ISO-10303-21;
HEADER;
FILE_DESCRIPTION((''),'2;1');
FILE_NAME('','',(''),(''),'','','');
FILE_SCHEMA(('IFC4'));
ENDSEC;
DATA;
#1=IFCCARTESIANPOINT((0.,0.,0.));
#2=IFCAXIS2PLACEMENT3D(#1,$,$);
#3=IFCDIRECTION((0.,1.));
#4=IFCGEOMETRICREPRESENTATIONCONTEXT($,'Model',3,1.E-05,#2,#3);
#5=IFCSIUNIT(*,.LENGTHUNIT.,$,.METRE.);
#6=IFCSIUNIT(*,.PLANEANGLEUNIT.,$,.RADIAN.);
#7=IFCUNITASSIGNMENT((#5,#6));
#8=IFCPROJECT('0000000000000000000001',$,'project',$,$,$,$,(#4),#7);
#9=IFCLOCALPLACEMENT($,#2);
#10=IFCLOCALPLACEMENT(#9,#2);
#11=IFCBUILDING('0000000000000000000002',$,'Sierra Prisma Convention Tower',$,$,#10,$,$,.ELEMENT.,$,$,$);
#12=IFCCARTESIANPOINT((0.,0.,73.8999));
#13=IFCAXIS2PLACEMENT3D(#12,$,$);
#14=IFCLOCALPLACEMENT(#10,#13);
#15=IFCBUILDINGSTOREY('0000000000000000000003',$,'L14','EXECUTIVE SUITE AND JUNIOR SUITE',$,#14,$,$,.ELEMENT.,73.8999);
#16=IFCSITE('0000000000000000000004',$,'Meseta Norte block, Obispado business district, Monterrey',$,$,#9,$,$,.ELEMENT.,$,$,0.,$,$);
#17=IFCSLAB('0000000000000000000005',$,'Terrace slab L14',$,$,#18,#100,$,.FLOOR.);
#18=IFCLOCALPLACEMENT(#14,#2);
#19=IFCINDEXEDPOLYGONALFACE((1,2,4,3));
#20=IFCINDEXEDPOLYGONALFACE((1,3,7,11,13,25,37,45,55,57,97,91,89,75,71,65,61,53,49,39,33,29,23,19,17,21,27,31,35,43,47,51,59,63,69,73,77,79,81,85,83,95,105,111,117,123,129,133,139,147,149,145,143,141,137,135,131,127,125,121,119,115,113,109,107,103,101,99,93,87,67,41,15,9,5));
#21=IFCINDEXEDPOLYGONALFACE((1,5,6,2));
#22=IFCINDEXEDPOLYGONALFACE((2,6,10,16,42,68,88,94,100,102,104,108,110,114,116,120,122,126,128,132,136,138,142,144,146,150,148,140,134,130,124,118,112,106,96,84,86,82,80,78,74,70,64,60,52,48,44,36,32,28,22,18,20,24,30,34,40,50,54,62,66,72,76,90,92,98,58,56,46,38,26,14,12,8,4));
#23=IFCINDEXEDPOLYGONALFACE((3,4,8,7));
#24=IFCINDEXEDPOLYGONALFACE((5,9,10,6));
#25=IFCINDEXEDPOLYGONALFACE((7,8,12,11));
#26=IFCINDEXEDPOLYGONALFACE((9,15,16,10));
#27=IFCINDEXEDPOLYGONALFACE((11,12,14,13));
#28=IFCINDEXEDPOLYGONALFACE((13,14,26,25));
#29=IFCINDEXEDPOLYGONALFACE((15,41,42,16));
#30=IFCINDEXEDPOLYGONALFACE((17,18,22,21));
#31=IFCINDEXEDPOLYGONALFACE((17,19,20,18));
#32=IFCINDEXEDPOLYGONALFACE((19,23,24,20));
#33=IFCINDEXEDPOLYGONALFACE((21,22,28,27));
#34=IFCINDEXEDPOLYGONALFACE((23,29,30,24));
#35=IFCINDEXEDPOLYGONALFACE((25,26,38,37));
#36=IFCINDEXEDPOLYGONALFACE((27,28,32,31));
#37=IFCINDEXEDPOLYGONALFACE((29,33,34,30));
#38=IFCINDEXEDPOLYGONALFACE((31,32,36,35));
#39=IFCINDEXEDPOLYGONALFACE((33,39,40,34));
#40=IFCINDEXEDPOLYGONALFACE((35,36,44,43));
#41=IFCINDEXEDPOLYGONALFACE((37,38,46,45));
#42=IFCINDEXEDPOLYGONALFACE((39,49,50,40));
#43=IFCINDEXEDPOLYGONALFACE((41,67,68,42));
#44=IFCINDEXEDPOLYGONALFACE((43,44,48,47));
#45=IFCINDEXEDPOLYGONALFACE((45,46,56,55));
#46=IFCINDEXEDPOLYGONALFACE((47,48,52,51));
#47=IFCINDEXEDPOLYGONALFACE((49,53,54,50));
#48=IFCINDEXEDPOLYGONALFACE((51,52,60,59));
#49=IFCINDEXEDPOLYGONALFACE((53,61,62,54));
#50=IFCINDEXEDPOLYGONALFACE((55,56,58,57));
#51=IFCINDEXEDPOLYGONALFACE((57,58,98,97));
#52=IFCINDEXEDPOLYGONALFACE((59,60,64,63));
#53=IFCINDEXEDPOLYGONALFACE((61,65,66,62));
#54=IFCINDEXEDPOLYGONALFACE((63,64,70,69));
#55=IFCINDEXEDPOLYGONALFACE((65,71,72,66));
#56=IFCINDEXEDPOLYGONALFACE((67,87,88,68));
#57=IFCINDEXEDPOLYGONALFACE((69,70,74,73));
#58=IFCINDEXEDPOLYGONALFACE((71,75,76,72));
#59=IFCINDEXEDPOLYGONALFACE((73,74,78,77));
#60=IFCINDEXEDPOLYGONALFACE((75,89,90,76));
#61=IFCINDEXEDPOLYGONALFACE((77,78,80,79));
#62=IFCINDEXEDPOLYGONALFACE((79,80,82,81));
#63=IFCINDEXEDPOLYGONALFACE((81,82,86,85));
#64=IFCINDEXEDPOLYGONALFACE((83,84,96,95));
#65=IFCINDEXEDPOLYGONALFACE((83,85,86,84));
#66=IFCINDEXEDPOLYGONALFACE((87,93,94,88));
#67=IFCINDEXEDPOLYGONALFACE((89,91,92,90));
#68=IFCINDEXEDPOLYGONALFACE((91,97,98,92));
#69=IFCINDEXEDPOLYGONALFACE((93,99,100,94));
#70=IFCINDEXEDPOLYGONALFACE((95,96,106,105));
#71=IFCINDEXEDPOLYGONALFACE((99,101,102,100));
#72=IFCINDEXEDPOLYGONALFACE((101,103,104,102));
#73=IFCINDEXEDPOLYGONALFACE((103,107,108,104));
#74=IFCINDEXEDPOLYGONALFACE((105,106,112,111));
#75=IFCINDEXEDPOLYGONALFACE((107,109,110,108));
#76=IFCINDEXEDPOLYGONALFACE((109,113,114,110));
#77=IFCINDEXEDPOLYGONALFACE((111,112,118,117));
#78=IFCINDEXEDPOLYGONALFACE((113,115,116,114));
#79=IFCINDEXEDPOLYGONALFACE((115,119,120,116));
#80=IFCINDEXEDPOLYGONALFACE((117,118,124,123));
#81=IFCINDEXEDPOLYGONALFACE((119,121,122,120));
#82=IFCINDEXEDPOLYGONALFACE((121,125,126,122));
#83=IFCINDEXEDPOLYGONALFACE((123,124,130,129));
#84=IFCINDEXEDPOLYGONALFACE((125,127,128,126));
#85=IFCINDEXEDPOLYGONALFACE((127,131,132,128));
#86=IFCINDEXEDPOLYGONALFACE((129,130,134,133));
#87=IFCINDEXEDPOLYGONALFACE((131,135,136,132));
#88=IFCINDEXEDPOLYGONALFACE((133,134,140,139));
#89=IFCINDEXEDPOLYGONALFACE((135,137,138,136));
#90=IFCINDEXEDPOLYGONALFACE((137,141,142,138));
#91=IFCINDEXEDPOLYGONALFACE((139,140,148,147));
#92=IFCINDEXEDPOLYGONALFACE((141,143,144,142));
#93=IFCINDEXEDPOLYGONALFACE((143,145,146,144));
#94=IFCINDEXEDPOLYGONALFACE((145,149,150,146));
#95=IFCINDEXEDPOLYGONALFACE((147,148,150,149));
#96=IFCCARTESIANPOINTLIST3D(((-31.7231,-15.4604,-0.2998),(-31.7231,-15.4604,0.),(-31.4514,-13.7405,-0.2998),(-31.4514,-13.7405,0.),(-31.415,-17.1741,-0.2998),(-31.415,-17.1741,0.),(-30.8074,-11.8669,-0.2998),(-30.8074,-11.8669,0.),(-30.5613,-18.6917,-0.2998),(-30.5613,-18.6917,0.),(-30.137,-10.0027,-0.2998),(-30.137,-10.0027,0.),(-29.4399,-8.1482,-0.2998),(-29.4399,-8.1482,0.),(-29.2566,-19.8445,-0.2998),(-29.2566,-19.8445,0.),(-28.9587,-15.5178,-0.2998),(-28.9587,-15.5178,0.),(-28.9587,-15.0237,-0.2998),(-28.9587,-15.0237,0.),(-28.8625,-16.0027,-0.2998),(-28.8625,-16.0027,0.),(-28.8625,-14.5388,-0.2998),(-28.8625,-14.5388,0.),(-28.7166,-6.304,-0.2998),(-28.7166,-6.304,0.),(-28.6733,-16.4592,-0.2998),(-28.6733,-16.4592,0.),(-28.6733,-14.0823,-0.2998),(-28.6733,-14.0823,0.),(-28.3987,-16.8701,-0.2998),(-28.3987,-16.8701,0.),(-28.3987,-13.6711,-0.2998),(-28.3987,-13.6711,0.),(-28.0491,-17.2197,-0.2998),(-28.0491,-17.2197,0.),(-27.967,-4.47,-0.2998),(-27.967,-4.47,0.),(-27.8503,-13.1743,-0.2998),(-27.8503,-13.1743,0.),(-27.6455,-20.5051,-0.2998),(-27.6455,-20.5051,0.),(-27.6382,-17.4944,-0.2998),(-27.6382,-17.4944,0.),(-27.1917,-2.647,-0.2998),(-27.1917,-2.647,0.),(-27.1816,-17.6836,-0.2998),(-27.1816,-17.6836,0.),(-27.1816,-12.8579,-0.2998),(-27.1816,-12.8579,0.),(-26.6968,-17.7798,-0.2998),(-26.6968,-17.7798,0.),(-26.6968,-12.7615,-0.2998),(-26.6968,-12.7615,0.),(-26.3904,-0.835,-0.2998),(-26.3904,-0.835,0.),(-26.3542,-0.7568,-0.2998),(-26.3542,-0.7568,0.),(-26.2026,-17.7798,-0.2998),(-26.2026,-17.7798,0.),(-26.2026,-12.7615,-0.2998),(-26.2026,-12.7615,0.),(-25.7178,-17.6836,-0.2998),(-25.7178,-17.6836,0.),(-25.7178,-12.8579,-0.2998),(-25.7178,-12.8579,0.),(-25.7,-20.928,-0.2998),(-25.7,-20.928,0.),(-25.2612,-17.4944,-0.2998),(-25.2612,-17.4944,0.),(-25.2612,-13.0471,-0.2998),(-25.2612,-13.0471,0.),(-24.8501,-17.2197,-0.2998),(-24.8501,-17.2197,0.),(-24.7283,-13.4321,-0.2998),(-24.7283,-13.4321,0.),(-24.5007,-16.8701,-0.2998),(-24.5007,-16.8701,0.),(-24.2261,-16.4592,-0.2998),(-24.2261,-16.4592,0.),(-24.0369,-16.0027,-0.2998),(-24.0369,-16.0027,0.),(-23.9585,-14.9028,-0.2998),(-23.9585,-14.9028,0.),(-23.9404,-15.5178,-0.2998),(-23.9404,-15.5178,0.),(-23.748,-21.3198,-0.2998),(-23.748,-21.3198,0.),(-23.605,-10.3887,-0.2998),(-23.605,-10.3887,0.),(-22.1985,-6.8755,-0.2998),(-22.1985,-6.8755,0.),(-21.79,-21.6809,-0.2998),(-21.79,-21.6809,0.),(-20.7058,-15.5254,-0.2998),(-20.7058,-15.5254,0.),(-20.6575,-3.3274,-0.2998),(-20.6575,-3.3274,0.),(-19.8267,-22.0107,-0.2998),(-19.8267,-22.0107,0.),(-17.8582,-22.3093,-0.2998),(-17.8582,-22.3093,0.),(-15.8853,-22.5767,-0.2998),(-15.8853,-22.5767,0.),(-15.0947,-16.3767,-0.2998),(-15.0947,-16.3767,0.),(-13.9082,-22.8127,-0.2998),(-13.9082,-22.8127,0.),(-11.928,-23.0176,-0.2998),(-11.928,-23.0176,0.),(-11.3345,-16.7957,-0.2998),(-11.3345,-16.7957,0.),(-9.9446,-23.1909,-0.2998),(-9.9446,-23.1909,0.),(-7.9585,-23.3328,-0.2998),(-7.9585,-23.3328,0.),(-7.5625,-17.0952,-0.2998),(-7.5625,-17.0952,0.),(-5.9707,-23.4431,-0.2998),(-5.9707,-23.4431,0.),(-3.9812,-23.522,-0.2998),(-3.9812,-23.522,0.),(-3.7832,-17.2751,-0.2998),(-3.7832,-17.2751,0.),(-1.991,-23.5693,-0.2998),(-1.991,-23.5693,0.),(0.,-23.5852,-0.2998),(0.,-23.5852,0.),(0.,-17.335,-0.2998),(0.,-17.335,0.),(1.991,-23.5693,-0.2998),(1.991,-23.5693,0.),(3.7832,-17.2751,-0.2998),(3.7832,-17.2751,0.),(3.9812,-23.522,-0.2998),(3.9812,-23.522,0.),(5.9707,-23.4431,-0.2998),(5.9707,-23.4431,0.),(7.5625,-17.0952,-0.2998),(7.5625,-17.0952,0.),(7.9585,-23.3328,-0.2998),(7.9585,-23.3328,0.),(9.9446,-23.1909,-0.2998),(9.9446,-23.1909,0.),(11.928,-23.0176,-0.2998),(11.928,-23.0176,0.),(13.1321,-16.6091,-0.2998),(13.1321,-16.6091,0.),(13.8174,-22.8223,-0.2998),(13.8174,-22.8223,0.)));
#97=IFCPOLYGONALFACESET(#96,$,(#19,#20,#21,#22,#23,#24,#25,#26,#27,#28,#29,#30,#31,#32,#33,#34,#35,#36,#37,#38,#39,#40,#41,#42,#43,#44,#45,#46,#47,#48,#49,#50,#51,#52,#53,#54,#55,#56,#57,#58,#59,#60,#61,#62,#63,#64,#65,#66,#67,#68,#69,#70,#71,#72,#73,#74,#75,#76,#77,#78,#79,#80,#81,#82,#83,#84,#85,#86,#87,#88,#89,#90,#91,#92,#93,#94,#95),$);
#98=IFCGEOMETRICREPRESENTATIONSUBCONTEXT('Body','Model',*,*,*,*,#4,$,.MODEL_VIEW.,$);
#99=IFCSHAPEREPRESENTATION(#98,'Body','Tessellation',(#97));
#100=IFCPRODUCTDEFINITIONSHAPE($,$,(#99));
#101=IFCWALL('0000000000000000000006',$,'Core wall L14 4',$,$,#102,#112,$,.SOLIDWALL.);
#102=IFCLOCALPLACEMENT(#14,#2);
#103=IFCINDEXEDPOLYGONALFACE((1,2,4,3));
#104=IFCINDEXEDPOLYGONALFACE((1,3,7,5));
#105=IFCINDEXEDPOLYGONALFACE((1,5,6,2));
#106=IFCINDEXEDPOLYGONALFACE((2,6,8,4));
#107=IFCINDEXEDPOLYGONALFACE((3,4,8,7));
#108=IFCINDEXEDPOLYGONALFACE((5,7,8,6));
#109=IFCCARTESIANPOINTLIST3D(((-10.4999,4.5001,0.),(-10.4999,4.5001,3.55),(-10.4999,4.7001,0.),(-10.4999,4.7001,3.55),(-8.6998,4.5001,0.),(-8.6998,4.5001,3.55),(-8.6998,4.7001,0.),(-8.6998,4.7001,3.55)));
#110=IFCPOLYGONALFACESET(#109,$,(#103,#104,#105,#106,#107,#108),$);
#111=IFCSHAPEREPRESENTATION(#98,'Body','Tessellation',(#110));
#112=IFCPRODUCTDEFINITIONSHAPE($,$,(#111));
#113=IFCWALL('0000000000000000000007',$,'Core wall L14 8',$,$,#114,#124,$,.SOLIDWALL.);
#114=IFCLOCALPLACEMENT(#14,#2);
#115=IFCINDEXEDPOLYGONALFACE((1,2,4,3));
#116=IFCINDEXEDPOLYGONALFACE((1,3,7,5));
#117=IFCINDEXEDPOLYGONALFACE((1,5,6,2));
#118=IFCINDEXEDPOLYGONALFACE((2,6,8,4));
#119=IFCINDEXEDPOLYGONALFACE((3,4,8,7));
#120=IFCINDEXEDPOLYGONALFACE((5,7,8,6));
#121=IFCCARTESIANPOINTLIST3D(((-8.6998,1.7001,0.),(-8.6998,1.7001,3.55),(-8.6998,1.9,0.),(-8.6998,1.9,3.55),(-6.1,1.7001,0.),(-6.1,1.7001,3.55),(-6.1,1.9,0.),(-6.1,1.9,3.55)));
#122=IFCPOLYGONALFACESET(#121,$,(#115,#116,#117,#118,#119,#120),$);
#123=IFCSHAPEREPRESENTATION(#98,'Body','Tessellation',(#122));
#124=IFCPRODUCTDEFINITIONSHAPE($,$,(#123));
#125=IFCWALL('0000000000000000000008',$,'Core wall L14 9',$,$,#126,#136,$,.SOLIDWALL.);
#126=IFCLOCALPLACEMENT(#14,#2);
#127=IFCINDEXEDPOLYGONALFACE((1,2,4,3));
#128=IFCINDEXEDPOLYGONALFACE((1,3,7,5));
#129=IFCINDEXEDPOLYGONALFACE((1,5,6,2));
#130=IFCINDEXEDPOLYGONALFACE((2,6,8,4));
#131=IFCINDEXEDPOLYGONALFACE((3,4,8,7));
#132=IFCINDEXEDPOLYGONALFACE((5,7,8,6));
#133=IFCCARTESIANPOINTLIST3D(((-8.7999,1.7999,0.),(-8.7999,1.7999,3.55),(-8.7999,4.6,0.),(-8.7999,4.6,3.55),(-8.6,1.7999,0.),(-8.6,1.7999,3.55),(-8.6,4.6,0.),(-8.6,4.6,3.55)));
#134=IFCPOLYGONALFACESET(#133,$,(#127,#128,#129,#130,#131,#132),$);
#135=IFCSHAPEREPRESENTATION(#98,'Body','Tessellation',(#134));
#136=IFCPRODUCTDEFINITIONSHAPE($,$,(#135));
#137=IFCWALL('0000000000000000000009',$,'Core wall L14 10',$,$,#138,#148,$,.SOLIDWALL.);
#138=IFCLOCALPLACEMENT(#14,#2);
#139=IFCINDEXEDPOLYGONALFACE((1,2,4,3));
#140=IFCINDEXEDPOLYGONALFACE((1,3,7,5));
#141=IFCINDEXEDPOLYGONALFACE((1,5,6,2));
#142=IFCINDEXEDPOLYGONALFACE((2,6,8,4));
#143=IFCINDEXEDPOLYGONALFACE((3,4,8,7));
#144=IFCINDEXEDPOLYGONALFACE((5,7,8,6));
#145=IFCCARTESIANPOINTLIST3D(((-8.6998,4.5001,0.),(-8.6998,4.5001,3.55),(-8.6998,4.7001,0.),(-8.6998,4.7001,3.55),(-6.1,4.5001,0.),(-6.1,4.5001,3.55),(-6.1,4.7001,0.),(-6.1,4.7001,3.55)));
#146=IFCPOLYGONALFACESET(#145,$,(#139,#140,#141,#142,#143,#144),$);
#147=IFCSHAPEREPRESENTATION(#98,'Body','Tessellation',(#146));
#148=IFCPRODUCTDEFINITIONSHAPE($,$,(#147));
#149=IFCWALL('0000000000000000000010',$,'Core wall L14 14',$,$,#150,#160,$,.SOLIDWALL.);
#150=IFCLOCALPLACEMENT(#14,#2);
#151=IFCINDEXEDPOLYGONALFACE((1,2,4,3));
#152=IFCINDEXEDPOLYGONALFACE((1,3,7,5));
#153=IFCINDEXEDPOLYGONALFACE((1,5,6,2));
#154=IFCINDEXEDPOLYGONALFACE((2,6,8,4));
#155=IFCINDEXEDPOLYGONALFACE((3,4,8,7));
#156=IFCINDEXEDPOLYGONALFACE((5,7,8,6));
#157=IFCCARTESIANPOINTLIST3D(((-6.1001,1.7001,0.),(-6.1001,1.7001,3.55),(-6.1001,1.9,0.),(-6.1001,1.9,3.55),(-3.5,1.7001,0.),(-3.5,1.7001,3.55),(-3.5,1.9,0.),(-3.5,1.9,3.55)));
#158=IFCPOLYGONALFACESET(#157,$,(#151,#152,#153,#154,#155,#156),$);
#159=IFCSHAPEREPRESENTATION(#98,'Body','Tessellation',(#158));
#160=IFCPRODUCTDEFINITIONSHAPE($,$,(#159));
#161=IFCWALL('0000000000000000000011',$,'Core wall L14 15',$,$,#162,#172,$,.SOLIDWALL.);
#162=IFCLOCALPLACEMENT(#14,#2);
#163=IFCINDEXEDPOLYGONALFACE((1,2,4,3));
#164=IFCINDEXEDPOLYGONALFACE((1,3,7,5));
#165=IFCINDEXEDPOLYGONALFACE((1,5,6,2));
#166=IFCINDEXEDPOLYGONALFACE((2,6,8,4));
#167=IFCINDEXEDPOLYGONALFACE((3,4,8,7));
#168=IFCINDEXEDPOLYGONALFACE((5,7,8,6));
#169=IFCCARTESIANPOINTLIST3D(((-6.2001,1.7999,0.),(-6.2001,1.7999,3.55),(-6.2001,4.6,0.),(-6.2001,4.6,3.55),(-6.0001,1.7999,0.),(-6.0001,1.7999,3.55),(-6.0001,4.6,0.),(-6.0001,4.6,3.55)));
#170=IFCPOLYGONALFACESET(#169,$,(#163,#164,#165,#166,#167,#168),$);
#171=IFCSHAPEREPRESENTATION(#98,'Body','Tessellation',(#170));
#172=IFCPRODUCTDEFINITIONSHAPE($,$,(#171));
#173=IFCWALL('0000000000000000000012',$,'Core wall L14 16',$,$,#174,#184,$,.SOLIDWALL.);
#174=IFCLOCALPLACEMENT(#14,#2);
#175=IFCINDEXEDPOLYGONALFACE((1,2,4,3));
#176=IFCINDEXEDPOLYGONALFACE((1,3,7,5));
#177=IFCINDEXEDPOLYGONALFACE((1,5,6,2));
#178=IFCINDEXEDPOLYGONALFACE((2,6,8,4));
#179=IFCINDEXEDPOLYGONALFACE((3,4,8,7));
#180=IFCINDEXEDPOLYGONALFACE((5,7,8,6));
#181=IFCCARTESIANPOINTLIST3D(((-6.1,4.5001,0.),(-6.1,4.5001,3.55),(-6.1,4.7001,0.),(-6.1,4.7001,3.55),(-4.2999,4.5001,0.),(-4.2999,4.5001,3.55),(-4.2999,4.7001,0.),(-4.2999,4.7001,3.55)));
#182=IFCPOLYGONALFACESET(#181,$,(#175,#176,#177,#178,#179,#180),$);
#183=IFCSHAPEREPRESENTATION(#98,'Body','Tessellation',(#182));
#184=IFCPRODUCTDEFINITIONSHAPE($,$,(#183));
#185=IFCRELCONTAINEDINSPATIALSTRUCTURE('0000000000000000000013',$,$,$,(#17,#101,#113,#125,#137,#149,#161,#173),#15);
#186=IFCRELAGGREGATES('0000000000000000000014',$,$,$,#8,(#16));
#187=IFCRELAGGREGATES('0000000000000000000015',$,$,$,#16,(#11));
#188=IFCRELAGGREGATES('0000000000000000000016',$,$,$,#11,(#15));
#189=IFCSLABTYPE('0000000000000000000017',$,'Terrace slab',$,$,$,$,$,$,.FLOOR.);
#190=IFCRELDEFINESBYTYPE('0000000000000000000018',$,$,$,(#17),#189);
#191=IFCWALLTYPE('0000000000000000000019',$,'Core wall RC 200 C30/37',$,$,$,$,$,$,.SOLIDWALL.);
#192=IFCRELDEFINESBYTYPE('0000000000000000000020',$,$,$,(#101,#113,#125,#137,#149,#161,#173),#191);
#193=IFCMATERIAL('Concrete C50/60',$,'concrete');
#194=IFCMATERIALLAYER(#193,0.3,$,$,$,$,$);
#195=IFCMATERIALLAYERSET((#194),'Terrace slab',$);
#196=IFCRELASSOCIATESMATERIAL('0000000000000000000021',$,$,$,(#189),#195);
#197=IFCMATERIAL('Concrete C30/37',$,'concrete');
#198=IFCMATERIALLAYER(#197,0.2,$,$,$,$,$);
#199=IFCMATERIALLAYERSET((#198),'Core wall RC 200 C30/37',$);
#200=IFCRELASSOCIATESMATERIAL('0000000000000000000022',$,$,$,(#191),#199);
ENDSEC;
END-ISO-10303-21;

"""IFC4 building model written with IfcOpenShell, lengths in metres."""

from ifc_helpers import new_model, si_unit, direction, frame, frame_2d, origin, place, context, subcontext, project, spatial, polyline, rectangle, outline, extrude, material, layer, layer_set, type_object, element, save


model = new_model("IFC4")

# Units and contexts
model_context = context("Model", 3, precision=1e-05, world=origin(), true_north=direction((0.0, 1.0)))
body_context = subcontext(model_context, "Body", "Model", "MODEL_VIEW")
ifc_project = project(units=[si_unit("LENGTHUNIT", "METRE"), si_unit("PLANEANGLEUNIT", "RADIAN")], contexts=[model_context])

# Site, building, storey
site_placement = place(None, origin())
site = spatial("IfcSite", under=ifc_project, at=site_placement, Name="Meseta Norte block, Obispado business district, Monterrey", CompositionType="ELEMENT", RefElevation=0.0)
building_placement = place(site_placement, origin())
building = spatial("IfcBuilding", under=site, at=building_placement, Name="Sierra Prisma Convention Tower", CompositionType="ELEMENT")
storey_placement = place(building_placement, frame((0.0, 0.0, 73.8999)))
storey = spatial("IfcBuildingStorey", under=building, at=storey_placement, Name="L14", Description="EXECUTIVE SUITE AND JUNIOR SUITE", CompositionType="ELEMENT", Elevation=73.8999)

# Slab
ifc_material_1 = material(Name="Concrete C50/60", Category="concrete")
ifc_layer_1 = layer(ifc_material_1, 0.3)
ifc_layer_set_1 = layer_set([ifc_layer_1], Name="Terrace slab")
slab_type_1 = type_object("IfcSlabType", Name="Terrace slab", PredefinedType="FLOOR", material=ifc_layer_set_1)
slab_1_placement = place(storey_placement, frame((0.0, 0.0, -0.2998)))
element("IfcSlab", 1, at=slab_1_placement, inside=storey, type_object=slab_type_1, Name="Terrace slab L14", PredefinedType="FLOOR", context=body_context, shape_type="SweptSolid", body=[
    extrude(outline(polyline([(-26.3542, -0.7568), (-26.3904, -0.835), (-27.1917, -2.647), (-27.967, -4.47), (-28.7166, -6.304), (-29.4399, -8.1482), (-30.137, -10.0027), (-30.8074, -11.8669), (-31.4514, -13.7405), (-31.7231, -15.4604), (-31.415, -17.1741), (-30.5613, -18.6917), (-29.2566, -19.8445), (-27.6455, -20.5051), (-25.7, -20.928), (-23.748, -21.3198), (-21.79, -21.6809), (-19.8267, -22.0107), (-17.8582, -22.3093), (-15.8853, -22.5767), (-13.9082, -22.8127), (-11.928, -23.0176), (-9.9446, -23.1909), (-7.9585, -23.3328), (-5.9707, -23.4431), (-3.9812, -23.522), (-1.991, -23.5693), (0.0, -23.5852), (1.991, -23.5693), (3.9812, -23.522), (5.9707, -23.4431), (7.9585, -23.3328), (9.9446, -23.1909), (11.928, -23.0176), (13.8174, -22.8223), (13.1321, -16.6091), (7.5625, -17.0952), (3.7832, -17.2751), (0.0, -17.335), (-3.7832, -17.2751), (-7.5625, -17.0952), (-11.3345, -16.7957), (-15.0947, -16.3767), (-20.7058, -15.5254), (-23.9585, -14.9028), (-23.9404, -15.5178), (-24.0369, -16.0027), (-24.2261, -16.4592), (-24.5007, -16.8701), (-24.8501, -17.2197), (-25.2612, -17.4944), (-25.7178, -17.6836), (-26.2026, -17.7798), (-26.6968, -17.7798), (-27.1816, -17.6836), (-27.6382, -17.4944), (-28.0491, -17.2197), (-28.3987, -16.8701), (-28.6733, -16.4592), (-28.8625, -16.0027), (-28.9587, -15.5178), (-28.9587, -15.0237), (-28.8625, -14.5388), (-28.6733, -14.0823), (-28.3987, -13.6711), (-27.8503, -13.1743), (-27.1816, -12.8579), (-26.6968, -12.7615), (-26.2026, -12.7615), (-25.7178, -12.8579), (-25.2612, -13.0471), (-24.7283, -13.4321), (-23.605, -10.3887), (-22.1985, -6.8755), (-20.6575, -3.3274), (-26.3542, -0.7568)])), origin(), (0.0, 0.0, 1.0), 0.2998),
])

# Walls
ifc_material_2 = material(Name="Concrete C30/37", Category="concrete")
ifc_layer_2 = layer(ifc_material_2, 0.2)
ifc_layer_set_2 = layer_set([ifc_layer_2], Name="Core wall RC 200 C30/37")
wall_type_1 = type_object("IfcWallType", Name="Core wall RC 200 C30/37", PredefinedType="SOLIDWALL", material=ifc_layer_set_2)
wall_1_placement = place(storey_placement, frame((-8.7, 4.6001, 0.0), z_axis=(0.0, 0.0, 1.0), x_axis=(-1.0, 0.0, 0.0)))
element("IfcWall", 2, at=wall_1_placement, inside=storey, type_object=wall_type_1, Name="Core wall L14 4", PredefinedType="SOLIDWALL", context=body_context, shape_type="SweptSolid", body=[
    extrude(rectangle(XDim=1.8, YDim=0.2, at=frame_2d((0.8999, 0.0))), origin(), (0.0, 0.0, 1.0), 3.55),
])
wall_2_placement = place(storey_placement, frame((-6.1001, 1.8, 0.0), z_axis=(0.0, 0.0, 1.0), x_axis=(-1.0, 0.0, 0.0)))
element("IfcWall", 3, at=wall_2_placement, inside=storey, type_object=wall_type_1, Name="Core wall L14 8", PredefinedType="SOLIDWALL", context=body_context, shape_type="SweptSolid", body=[
    extrude(rectangle(XDim=2.5999, YDim=0.2, at=frame_2d((1.2998, 0.0))), origin(), (0.0, 0.0, 1.0), 3.55),
])
wall_3_placement = place(storey_placement, frame((-8.7, 1.8, 0.0), z_axis=(0.0, 0.0, 1.0), x_axis=(0.0, 1.0, 0.0)))
element("IfcWall", 4, at=wall_3_placement, inside=storey, type_object=wall_type_1, Name="Core wall L14 9", PredefinedType="SOLIDWALL", context=body_context, shape_type="SweptSolid", body=[
    extrude(rectangle(XDim=2.8, YDim=0.2, at=frame_2d((1.3999, 0.0))), origin(), (0.0, 0.0, 1.0), 3.55),
])
wall_4_placement = place(storey_placement, frame((-6.1001, 4.6001, 0.0), z_axis=(0.0, 0.0, 1.0), x_axis=(-1.0, 0.0, 0.0)))
element("IfcWall", 5, at=wall_4_placement, inside=storey, type_object=wall_type_1, Name="Core wall L14 10", PredefinedType="SOLIDWALL", context=body_context, shape_type="SweptSolid", body=[
    extrude(rectangle(XDim=2.5999, YDim=0.2, at=frame_2d((1.2998, 0.0))), origin(), (0.0, 0.0, 1.0), 3.55),
])
wall_5_placement = place(storey_placement, frame((-3.5, 1.8, 0.0), z_axis=(0.0, 0.0, 1.0), x_axis=(-1.0, 0.0, 0.0)))
element("IfcWall", 6, at=wall_5_placement, inside=storey, type_object=wall_type_1, Name="Core wall L14 14", PredefinedType="SOLIDWALL", context=body_context, shape_type="SweptSolid", body=[
    extrude(rectangle(XDim=2.6001, YDim=0.2, at=frame_2d((1.3, 0.0))), origin(), (0.0, 0.0, 1.0), 3.55),
])
wall_6_placement = place(storey_placement, frame((-6.1001, 1.8, 0.0), z_axis=(0.0, 0.0, 1.0), x_axis=(0.0, 1.0, 0.0)))
element("IfcWall", 7, at=wall_6_placement, inside=storey, type_object=wall_type_1, Name="Core wall L14 15", PredefinedType="SOLIDWALL", context=body_context, shape_type="SweptSolid", body=[
    extrude(rectangle(XDim=2.8, YDim=0.2, at=frame_2d((1.3999, 0.0))), origin(), (0.0, 0.0, 1.0), 3.55),
])
wall_7_placement = place(storey_placement, frame((-4.3, 4.6001, 0.0), z_axis=(0.0, 0.0, 1.0), x_axis=(-1.0, 0.0, 0.0)))
element("IfcWall", 8, at=wall_7_placement, inside=storey, type_object=wall_type_1, Name="Core wall L14 16", PredefinedType="SOLIDWALL", context=body_context, shape_type="SweptSolid", body=[
    extrude(rectangle(XDim=1.8, YDim=0.2, at=frame_2d((0.8999, 0.0))), origin(), (0.0, 0.0, 1.0), 3.55),
])

save(model, "model.ifc")
